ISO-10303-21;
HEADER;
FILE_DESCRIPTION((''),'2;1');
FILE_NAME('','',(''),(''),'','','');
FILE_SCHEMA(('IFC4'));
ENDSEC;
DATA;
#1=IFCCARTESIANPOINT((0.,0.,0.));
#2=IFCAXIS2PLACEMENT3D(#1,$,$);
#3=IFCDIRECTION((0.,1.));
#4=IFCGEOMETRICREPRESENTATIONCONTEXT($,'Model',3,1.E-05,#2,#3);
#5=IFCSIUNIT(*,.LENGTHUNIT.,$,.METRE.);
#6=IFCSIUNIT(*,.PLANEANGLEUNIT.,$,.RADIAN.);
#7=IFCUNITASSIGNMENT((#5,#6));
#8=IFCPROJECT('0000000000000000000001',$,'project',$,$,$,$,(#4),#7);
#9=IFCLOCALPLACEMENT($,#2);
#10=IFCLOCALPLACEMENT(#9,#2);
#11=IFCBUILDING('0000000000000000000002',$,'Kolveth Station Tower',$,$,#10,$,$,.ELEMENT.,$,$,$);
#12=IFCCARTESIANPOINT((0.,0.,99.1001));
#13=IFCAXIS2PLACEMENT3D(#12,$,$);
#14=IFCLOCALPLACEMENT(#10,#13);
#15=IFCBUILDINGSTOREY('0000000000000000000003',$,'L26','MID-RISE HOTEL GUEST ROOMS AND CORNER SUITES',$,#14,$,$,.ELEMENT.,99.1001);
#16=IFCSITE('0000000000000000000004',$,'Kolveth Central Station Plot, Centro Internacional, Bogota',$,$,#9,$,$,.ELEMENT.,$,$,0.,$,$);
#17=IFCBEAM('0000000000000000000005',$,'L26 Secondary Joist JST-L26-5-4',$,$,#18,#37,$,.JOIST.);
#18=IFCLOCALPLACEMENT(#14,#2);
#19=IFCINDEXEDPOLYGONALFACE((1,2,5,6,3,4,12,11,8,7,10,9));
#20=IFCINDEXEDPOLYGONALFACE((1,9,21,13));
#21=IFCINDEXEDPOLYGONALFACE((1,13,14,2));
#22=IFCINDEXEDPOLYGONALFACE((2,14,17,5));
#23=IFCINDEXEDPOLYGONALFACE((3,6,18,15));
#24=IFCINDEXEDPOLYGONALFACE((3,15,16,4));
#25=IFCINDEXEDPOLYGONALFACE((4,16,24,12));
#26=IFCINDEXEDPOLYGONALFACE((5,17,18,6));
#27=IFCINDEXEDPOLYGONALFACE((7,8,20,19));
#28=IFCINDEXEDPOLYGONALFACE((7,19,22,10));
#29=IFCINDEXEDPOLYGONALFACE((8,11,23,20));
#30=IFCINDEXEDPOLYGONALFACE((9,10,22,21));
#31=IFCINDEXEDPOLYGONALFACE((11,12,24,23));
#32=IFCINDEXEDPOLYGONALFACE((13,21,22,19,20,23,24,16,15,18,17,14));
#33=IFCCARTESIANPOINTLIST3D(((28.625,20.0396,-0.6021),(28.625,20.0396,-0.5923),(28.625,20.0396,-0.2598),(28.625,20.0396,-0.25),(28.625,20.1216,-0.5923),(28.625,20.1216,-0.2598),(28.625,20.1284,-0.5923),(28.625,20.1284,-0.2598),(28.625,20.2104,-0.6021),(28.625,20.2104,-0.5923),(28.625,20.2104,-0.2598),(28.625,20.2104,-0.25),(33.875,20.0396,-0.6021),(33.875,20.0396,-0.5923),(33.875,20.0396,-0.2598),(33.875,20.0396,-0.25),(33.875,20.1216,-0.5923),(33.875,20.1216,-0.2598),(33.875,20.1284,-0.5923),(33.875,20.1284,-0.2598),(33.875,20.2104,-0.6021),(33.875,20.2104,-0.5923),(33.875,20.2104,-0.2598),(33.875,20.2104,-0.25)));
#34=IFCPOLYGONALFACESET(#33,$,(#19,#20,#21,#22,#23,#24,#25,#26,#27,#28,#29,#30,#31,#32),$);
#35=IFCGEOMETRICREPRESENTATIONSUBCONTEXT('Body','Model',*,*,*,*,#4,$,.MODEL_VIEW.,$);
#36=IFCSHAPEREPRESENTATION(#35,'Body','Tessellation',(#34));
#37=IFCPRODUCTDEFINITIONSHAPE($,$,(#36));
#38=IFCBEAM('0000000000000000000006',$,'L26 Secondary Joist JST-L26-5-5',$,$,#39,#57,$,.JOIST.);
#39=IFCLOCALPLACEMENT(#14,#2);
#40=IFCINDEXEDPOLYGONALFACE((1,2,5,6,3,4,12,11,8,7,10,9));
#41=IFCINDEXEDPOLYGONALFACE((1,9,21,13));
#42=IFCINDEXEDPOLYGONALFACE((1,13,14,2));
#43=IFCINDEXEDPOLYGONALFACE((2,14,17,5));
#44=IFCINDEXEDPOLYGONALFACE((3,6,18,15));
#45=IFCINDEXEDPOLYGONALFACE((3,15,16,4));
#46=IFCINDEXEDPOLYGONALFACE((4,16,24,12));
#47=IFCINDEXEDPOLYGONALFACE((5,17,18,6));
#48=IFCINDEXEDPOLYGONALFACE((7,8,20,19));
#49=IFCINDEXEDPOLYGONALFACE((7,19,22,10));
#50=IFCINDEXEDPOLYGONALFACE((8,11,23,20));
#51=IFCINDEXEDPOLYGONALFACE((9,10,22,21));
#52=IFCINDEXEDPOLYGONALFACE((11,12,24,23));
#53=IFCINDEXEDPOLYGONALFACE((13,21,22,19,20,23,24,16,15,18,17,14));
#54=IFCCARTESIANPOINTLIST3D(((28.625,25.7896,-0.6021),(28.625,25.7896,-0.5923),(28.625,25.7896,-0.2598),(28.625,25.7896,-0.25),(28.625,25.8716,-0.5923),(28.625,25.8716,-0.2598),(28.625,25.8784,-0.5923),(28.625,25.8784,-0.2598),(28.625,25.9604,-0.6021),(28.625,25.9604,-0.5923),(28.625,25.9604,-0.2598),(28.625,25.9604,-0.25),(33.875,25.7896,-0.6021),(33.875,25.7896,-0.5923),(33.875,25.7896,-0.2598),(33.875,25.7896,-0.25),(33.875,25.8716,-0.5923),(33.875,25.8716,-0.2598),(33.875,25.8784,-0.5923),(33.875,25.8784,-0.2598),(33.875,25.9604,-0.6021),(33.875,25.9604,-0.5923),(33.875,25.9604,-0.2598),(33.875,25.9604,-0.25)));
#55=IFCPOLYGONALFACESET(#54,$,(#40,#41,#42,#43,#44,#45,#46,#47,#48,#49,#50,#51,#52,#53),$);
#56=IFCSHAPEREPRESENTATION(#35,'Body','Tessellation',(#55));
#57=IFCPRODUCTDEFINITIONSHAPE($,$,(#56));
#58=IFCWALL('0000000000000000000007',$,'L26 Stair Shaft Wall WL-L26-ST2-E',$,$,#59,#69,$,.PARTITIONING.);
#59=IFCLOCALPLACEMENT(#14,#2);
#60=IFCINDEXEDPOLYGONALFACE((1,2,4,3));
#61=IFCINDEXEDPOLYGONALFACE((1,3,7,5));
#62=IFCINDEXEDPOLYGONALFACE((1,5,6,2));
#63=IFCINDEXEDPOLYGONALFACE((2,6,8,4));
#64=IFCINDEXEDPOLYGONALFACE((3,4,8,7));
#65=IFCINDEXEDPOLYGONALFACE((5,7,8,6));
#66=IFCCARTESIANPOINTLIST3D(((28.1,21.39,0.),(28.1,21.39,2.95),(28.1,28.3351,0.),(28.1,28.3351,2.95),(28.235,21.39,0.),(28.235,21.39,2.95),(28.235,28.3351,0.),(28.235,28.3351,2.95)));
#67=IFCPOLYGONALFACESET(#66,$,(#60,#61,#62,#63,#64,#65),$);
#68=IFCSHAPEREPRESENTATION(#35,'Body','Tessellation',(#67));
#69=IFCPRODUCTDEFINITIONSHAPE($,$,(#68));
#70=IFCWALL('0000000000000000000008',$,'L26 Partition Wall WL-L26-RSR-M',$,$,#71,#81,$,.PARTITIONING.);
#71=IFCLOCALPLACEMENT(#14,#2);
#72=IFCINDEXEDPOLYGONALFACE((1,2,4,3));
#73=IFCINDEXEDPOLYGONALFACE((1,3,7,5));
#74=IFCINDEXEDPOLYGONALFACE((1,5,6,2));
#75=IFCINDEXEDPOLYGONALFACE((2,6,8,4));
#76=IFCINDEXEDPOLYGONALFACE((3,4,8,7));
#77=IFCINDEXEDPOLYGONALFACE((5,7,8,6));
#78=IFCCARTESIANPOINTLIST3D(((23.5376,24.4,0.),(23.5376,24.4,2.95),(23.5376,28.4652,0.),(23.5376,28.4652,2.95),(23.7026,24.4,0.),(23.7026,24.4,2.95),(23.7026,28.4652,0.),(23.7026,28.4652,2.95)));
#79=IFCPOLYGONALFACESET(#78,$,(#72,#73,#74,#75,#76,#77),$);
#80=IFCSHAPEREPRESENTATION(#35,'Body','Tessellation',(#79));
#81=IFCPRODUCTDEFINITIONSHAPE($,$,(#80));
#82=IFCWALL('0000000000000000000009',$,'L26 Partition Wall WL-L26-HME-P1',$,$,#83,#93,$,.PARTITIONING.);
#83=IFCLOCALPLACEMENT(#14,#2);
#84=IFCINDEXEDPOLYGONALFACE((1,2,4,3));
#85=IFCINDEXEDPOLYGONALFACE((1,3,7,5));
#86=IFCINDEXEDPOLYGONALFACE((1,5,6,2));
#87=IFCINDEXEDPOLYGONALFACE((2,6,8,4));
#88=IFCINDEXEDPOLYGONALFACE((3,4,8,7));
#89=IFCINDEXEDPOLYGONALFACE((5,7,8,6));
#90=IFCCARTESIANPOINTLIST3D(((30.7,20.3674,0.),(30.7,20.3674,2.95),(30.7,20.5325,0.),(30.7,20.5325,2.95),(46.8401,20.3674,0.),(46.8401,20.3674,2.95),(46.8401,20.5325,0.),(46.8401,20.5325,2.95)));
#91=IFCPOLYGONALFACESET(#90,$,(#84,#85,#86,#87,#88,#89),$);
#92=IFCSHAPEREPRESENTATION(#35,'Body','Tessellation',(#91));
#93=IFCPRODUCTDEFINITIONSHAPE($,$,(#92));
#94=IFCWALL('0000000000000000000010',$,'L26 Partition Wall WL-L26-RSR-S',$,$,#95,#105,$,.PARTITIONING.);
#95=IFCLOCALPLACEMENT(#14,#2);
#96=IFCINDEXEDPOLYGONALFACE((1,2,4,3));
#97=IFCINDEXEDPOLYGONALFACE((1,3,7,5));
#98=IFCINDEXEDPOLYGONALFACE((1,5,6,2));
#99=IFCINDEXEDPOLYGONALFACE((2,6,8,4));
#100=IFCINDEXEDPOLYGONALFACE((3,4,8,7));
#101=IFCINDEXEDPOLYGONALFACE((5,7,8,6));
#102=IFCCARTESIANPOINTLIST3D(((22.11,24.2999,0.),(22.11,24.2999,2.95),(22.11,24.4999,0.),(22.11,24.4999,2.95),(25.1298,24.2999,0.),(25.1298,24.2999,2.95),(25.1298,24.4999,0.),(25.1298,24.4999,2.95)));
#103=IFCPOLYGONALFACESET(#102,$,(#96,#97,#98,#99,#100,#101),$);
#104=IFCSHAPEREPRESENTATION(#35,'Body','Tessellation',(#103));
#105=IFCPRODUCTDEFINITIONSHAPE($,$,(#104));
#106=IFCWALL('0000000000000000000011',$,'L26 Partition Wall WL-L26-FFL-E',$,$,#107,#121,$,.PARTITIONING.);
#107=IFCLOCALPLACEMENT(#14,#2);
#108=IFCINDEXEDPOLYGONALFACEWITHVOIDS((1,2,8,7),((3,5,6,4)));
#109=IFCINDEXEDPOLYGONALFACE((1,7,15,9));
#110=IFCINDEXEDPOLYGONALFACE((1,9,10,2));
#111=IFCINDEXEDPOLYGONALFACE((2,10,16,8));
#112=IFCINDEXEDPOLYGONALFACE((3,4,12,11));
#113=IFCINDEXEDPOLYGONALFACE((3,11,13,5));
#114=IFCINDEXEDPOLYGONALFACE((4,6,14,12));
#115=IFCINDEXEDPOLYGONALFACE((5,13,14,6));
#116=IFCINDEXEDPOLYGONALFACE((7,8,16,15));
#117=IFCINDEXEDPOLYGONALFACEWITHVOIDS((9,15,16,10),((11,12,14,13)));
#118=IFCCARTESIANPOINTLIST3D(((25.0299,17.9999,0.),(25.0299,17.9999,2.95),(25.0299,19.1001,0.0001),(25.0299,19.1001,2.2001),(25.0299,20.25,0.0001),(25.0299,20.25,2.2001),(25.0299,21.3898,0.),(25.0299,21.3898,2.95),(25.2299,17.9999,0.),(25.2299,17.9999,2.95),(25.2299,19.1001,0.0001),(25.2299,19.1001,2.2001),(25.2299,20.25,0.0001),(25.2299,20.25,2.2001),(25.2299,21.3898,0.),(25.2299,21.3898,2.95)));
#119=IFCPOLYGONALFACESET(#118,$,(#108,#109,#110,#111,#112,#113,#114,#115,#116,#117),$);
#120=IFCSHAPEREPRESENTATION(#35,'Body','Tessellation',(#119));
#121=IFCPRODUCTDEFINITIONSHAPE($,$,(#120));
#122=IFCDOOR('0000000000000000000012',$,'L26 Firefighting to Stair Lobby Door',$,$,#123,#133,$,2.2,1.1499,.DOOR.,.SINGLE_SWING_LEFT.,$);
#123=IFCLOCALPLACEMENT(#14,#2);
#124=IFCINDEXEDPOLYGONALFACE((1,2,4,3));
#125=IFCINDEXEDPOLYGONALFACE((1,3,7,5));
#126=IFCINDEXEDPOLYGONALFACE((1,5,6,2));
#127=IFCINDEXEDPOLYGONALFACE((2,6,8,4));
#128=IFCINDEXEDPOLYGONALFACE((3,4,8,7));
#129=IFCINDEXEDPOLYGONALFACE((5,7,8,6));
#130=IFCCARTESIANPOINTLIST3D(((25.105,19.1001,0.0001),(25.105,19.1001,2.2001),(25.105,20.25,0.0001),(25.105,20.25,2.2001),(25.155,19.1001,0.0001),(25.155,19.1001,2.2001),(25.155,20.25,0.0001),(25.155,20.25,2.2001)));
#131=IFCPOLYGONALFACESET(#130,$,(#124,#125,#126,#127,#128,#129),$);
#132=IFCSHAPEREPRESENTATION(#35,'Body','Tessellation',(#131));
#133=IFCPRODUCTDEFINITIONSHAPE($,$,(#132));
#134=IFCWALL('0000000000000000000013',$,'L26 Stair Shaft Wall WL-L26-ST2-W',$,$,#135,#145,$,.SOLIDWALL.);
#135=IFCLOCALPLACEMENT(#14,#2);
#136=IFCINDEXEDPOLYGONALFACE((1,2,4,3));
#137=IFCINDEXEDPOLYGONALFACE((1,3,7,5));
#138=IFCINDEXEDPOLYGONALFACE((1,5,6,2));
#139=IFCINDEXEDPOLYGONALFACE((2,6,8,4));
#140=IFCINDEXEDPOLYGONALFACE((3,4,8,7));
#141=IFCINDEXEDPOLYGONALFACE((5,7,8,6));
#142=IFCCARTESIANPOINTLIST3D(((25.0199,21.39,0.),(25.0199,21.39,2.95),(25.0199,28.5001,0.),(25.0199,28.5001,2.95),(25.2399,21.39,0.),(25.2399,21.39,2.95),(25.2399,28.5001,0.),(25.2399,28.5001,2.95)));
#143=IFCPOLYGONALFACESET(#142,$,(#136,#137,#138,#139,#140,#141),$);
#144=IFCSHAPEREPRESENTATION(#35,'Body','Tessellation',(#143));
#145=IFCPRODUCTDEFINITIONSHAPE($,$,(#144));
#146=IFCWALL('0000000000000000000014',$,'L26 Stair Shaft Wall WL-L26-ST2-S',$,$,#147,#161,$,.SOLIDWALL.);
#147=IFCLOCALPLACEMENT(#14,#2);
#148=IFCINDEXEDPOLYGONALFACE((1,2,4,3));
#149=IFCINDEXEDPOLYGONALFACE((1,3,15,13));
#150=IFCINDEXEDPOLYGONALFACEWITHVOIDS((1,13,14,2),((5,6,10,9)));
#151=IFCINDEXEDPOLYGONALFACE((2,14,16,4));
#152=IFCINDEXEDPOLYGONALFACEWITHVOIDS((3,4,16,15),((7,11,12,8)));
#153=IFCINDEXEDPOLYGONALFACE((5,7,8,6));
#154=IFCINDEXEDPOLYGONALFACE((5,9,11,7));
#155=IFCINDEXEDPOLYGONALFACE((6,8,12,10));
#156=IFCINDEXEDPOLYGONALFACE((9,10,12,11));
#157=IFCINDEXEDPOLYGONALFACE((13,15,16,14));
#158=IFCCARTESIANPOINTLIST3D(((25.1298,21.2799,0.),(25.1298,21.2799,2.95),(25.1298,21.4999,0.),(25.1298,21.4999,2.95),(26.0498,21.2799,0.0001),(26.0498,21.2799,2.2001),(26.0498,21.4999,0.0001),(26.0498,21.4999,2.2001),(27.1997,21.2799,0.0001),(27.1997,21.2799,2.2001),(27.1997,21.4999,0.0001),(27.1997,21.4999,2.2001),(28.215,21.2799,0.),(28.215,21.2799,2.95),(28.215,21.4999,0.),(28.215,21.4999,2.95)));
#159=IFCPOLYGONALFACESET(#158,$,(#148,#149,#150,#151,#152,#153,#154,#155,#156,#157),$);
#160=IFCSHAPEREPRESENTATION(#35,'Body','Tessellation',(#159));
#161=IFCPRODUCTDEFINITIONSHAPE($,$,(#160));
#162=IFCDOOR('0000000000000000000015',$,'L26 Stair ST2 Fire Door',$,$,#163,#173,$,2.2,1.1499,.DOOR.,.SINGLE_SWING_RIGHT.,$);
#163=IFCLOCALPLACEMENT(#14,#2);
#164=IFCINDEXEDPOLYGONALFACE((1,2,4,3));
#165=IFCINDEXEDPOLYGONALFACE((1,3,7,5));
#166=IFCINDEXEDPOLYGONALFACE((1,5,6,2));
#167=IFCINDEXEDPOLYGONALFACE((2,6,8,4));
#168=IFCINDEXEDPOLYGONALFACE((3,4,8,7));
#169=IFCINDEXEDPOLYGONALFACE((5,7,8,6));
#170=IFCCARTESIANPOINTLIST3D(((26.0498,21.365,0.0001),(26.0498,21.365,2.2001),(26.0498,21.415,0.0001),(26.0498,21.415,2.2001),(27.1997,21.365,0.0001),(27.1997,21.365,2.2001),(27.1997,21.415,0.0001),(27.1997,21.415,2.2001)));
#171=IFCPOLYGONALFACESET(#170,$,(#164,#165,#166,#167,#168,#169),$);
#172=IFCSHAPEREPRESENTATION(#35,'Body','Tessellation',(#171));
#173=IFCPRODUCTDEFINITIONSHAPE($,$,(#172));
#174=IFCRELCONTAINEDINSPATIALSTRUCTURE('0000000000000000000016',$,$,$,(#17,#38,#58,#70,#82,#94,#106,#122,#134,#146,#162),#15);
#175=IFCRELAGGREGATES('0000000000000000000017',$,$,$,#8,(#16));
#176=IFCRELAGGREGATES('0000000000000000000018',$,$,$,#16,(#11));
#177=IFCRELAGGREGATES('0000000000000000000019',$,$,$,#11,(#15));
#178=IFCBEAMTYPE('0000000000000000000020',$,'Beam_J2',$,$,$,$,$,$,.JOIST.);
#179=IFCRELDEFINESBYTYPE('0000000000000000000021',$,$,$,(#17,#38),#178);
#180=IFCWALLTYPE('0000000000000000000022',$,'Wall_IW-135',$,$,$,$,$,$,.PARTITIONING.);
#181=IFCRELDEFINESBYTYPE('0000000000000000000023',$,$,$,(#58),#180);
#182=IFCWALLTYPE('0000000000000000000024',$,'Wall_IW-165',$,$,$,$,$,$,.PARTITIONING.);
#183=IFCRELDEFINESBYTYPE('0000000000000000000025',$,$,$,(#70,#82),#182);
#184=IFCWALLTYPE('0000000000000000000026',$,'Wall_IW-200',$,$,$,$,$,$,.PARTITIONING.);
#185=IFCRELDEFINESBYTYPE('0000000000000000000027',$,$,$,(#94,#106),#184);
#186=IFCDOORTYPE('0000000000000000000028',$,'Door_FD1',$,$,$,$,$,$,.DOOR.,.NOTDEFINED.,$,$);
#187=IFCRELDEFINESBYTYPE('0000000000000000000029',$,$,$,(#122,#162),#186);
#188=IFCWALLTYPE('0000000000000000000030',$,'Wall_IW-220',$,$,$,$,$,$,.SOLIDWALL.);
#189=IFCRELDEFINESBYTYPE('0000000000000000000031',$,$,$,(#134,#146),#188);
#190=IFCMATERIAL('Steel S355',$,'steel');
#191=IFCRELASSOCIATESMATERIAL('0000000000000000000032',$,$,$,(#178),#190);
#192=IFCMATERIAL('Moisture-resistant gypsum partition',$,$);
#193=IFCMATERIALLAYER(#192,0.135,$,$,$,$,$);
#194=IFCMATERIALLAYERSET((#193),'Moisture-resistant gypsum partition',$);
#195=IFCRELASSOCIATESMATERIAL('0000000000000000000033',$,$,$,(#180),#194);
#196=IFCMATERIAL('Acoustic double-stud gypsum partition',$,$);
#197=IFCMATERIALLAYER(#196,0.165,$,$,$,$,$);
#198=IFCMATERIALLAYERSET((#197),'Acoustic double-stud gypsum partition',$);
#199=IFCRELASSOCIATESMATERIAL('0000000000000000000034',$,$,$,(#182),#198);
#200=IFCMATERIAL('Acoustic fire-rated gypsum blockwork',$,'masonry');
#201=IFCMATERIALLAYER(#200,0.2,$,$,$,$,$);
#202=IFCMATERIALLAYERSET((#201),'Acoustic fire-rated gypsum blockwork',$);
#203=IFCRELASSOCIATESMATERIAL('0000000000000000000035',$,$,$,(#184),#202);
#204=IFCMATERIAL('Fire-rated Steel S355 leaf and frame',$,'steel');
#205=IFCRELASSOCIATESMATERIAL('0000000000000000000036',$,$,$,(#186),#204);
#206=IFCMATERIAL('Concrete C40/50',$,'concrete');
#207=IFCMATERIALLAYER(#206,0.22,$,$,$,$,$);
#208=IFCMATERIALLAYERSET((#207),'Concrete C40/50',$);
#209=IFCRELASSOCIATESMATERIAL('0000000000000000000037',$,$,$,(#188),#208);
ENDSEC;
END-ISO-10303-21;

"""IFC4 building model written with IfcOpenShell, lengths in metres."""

from ifc_helpers import new_model, si_unit, direction, frame, frame_2d, origin, origin_2d, place, context, subcontext, project, spatial, rectangle, i_section, extrude, source, transform, mapped, material, layer, layer_set, material_profile, profile_set, type_object, element, fill, save


model = new_model("IFC4")

# Units and contexts
model_context = context("Model", 3, precision=1e-05, world=origin(), true_north=direction((0.0, 1.0)))
body_context = subcontext(model_context, "Body", "Model", "MODEL_VIEW")
ifc_project = project(units=[si_unit("LENGTHUNIT", "METRE"), si_unit("PLANEANGLEUNIT", "RADIAN")], contexts=[model_context])

# Site, building, storey
site_placement = place(None, origin())
site = spatial("IfcSite", under=ifc_project, at=site_placement, Name="Kolveth Central Station Plot, Centro Internacional, Bogota", CompositionType="ELEMENT", RefElevation=0.0)
building_placement = place(site_placement, origin())
building = spatial("IfcBuilding", under=site, at=building_placement, Name="Kolveth Station Tower", CompositionType="ELEMENT")
storey_placement = place(building_placement, frame((0.0, 0.0, 99.1001)))
storey = spatial("IfcBuildingStorey", under=building, at=storey_placement, Name="L26", Description="MID-RISE HOTEL GUEST ROOMS AND CORNER SUITES", CompositionType="ELEMENT", Elevation=99.1001)

# Shared definitions
ifc_material_1 = material(Name="Steel S355", Category="steel")

# Beams
ifc_material_profile_1 = material_profile(ifc_material_1, i_section(OverallWidth=0.1709, OverallDepth=0.3521, WebThickness=0.0068, FlangeThickness=0.0098, at=origin_2d()), Name="W360x44")
ifc_profile_set_1 = profile_set([ifc_material_profile_1], Name="Steel S355")
beam_type_1 = type_object("IfcBeamType", Name="Beam_J2", PredefinedType="JOIST", material=ifc_profile_set_1)
shared_shape_1 = source(origin(), body_context, "Body", "SweptSolid", [
    extrude(i_section(OverallWidth=0.1709, OverallDepth=0.3521, WebThickness=0.0068, FlangeThickness=0.0098, at=origin_2d()), origin(), (0.0, 0.0, 1.0), 5.25),
])
for number, where, z_axis, x_axis, name in (
    (1, (28.625, 20.125, -0.426), (1.0, 0.0, 0.0), (0.0, 1.0, 0.0), "L26 Secondary Joist JST-L26-5-4"),
    (2, (28.625, 25.875, -0.426), (1.0, 0.0, 0.0), (0.0, 1.0, 0.0), "L26 Secondary Joist JST-L26-5-5"),
):
    element("IfcBeam", number, at=place(storey_placement, frame(where, z_axis=z_axis, x_axis=x_axis)), inside=storey, type_object=beam_type_1, Name=name, PredefinedType="JOIST", context=body_context, shape_type="MappedRepresentation", body=[
        mapped(shared_shape_1, transform((0.0, 0.0, 0.0), x_axis=(1.0, 0.0, 0.0), y_axis=(0.0, 1.0, 0.0), z_axis=(0.0, 0.0, 1.0), scale=1.0)),
    ])

# Walls
ifc_material_2 = material(Name="Moisture-resistant gypsum partition")
ifc_layer_1 = layer(ifc_material_2, 0.135)
ifc_layer_set_1 = layer_set([ifc_layer_1], Name="Moisture-resistant gypsum partition")
wall_type_1 = type_object("IfcWallType", Name="Wall_IW-135", PredefinedType="PARTITIONING", material=ifc_layer_set_1)
wall_1_placement = place(storey_placement, frame((28.1675, 21.3899, 0.0), z_axis=(0.0, 0.0, 1.0), x_axis=(0.0, 1.0, 0.0)))
element("IfcWall", 3, at=wall_1_placement, inside=storey, type_object=wall_type_1, Name="L26 Stair Shaft Wall WL-L26-ST2-E", PredefinedType="PARTITIONING", context=body_context, shape_type="SweptSolid", body=[
    extrude(rectangle(XDim=6.9451, YDim=0.135, at=frame_2d((3.4727, 0.0))), origin(), (0.0, 0.0, 1.0), 2.95),
])
ifc_material_3 = material(Name="Acoustic double-stud gypsum partition")
ifc_layer_2 = layer(ifc_material_3, 0.165)
ifc_layer_set_2 = layer_set([ifc_layer_2], Name="Acoustic double-stud gypsum partition")
wall_type_2 = type_object("IfcWallType", Name="Wall_IW-165", PredefinedType="PARTITIONING", material=ifc_layer_set_2)
wall_2_placement = place(storey_placement, frame((23.6201, 24.3999, 0.0), z_axis=(0.0, 0.0, 1.0), x_axis=(0.0, 1.0, 0.0)))
element("IfcWall", 4, at=wall_2_placement, inside=storey, type_object=wall_type_2, Name="L26 Partition Wall WL-L26-RSR-M", PredefinedType="PARTITIONING", context=body_context, shape_type="SweptSolid", body=[
    extrude(rectangle(XDim=4.0652, YDim=0.165, at=frame_2d((2.0327, 0.0))), origin(), (0.0, 0.0, 1.0), 2.95),
])
wall_3_placement = place(storey_placement, frame((30.7, 20.45, 0.0), z_axis=(0.0, 0.0, 1.0), x_axis=(1.0, 0.0, 0.0)))
element("IfcWall", 5, at=wall_3_placement, inside=storey, type_object=wall_type_2, Name="L26 Partition Wall WL-L26-HME-P1", PredefinedType="PARTITIONING", context=body_context, shape_type="SweptSolid", body=[
    extrude(rectangle(XDim=16.1401, YDim=0.165, at=frame_2d((8.0701, 0.0))), origin(), (0.0, 0.0, 1.0), 2.95),
])
ifc_material_4 = material(Name="Acoustic fire-rated gypsum blockwork", Category="masonry")
ifc_layer_3 = layer(ifc_material_4, 0.2)
ifc_layer_set_3 = layer_set([ifc_layer_3], Name="Acoustic fire-rated gypsum blockwork")
wall_type_3 = type_object("IfcWallType", Name="Wall_IW-200", PredefinedType="PARTITIONING", material=ifc_layer_set_3)
wall_4_placement = place(storey_placement, frame((22.1101, 24.3999, 0.0), z_axis=(0.0, 0.0, 1.0), x_axis=(1.0, 0.0, 0.0)))
element("IfcWall", 6, at=wall_4_placement, inside=storey, type_object=wall_type_3, Name="L26 Partition Wall WL-L26-RSR-S", PredefinedType="PARTITIONING", context=body_context, shape_type="SweptSolid", body=[
    extrude(rectangle(XDim=3.0198, YDim=0.2, at=frame_2d((1.5098, 0.0))), origin(), (0.0, 0.0, 1.0), 2.95),
])

# Wall, opening, door
wall_5_placement = place(storey_placement, frame((25.1299, 18.0, 0.0), z_axis=(0.0, 0.0, 1.0), x_axis=(0.0, 1.0, 0.0)))
wall_5 = element("IfcWall", 7, at=wall_5_placement, inside=storey, type_object=wall_type_3, Name="L26 Partition Wall WL-L26-FFL-E", PredefinedType="PARTITIONING", context=body_context, shape_type="SweptSolid", body=[
    extrude(rectangle(XDim=3.3899, YDim=0.2, at=frame_2d((1.6948, 0.0))), origin(), (0.0, 0.0, 1.0), 2.95),
])
opening_1_placement = place(wall_5_placement, frame((1.1001, 0.0, 0.0)))
opening_1 = element("IfcOpeningElement", 8, at=opening_1_placement, cuts=wall_5, PredefinedType="OPENING", context=body_context, shape_type="SweptSolid", body=[
    extrude(rectangle(XDim=1.1499, YDim=2.2, at=frame_2d((0.575, 1.1001))), frame((0.0, 0.1099, 0.0), z_axis=(0.0, -1.0, 0.0), x_axis=(1.0, 0.0, 0.0)), (0.0, 0.0, 1.0), 0.22),
])
ifc_material_5 = material(Name="Fire-rated Steel S355 leaf and frame", Category="steel")
door_type = type_object("IfcDoorType", Name="Door_FD1", OperationType="NOTDEFINED", PredefinedType="DOOR", material=ifc_material_5)
door_1_placement = place(opening_1_placement, origin())
door_1 = element("IfcDoor", 9, at=door_1_placement, inside=storey, type_object=door_type, Name="L26 Firefighting to Stair Lobby Door", OperationType="SINGLE_SWING_LEFT", OverallHeight=2.2, OverallWidth=1.1499, PredefinedType="DOOR", context=body_context, shape_type="SweptSolid", body=[
    extrude(rectangle(XDim=1.1499, YDim=2.2, at=frame_2d((0.575, 1.1001))), frame((0.0, 0.0249, 0.0), z_axis=(0.0, -1.0, 0.0), x_axis=(1.0, 0.0, 0.0)), (0.0, 0.0, 1.0), 0.05),
])
fill(opening_1, door_1)

# Wall
ifc_material_6 = material(Name="Concrete C40/50", Category="concrete")
ifc_layer_4 = layer(ifc_material_6, 0.22)
ifc_layer_set_4 = layer_set([ifc_layer_4], Name="Concrete C40/50")
wall_type_4 = type_object("IfcWallType", Name="Wall_IW-220", PredefinedType="SOLIDWALL", material=ifc_layer_set_4)
wall_6_placement = place(storey_placement, frame((25.1299, 21.3899, 0.0), z_axis=(0.0, 0.0, 1.0), x_axis=(0.0, 1.0, 0.0)))
element("IfcWall", 10, at=wall_6_placement, inside=storey, type_object=wall_type_4, Name="L26 Stair Shaft Wall WL-L26-ST2-W", PredefinedType="SOLIDWALL", context=body_context, shape_type="SweptSolid", body=[
    extrude(rectangle(XDim=7.1101, YDim=0.22, at=frame_2d((3.5552, 0.0))), origin(), (0.0, 0.0, 1.0), 2.95),
])

# Wall, opening, door
wall_7_placement = place(storey_placement, frame((25.1299, 21.3899, 0.0), z_axis=(0.0, 0.0, 1.0), x_axis=(1.0, 0.0, 0.0)))
wall_7 = element("IfcWall", 11, at=wall_7_placement, inside=storey, type_object=wall_type_4, Name="L26 Stair Shaft Wall WL-L26-ST2-S", PredefinedType="SOLIDWALL", context=body_context, shape_type="SweptSolid", body=[
    extrude(rectangle(XDim=3.0852, YDim=0.22, at=frame_2d((1.5425, 0.0))), origin(), (0.0, 0.0, 1.0), 2.95),
])
opening_2_placement = place(wall_7_placement, frame((0.9199, 0.0, 0.0)))
opening_2 = element("IfcOpeningElement", 12, at=opening_2_placement, cuts=wall_7, PredefinedType="OPENING", context=body_context, shape_type="SweptSolid", body=[
    extrude(rectangle(XDim=1.1499, YDim=2.2, at=frame_2d((0.575, 1.1001))), frame((0.0, 0.1199, 0.0), z_axis=(0.0, -1.0, 0.0), x_axis=(1.0, 0.0, 0.0)), (0.0, 0.0, 1.0), 0.24),
])
door_2_placement = place(opening_2_placement, frame((1.1499, 0.0, 0.0), z_axis=(0.0, 0.0, 1.0), x_axis=(-1.0, 0.0, 0.0)))
door_2 = element("IfcDoor", 13, at=door_2_placement, inside=storey, type_object=door_type, Name="L26 Stair ST2 Fire Door", OperationType="SINGLE_SWING_RIGHT", OverallHeight=2.2, OverallWidth=1.1499, PredefinedType="DOOR", context=body_context, shape_type="SweptSolid", body=[
    extrude(rectangle(XDim=1.1499, YDim=2.2, at=frame_2d((0.575, 1.1001))), frame((0.0, 0.0249, 0.0), z_axis=(0.0, -1.0, 0.0), x_axis=(1.0, 0.0, 0.0)), (0.0, 0.0, 1.0), 0.05),
])
fill(opening_2, door_2)

save(model, "model.ifc")
